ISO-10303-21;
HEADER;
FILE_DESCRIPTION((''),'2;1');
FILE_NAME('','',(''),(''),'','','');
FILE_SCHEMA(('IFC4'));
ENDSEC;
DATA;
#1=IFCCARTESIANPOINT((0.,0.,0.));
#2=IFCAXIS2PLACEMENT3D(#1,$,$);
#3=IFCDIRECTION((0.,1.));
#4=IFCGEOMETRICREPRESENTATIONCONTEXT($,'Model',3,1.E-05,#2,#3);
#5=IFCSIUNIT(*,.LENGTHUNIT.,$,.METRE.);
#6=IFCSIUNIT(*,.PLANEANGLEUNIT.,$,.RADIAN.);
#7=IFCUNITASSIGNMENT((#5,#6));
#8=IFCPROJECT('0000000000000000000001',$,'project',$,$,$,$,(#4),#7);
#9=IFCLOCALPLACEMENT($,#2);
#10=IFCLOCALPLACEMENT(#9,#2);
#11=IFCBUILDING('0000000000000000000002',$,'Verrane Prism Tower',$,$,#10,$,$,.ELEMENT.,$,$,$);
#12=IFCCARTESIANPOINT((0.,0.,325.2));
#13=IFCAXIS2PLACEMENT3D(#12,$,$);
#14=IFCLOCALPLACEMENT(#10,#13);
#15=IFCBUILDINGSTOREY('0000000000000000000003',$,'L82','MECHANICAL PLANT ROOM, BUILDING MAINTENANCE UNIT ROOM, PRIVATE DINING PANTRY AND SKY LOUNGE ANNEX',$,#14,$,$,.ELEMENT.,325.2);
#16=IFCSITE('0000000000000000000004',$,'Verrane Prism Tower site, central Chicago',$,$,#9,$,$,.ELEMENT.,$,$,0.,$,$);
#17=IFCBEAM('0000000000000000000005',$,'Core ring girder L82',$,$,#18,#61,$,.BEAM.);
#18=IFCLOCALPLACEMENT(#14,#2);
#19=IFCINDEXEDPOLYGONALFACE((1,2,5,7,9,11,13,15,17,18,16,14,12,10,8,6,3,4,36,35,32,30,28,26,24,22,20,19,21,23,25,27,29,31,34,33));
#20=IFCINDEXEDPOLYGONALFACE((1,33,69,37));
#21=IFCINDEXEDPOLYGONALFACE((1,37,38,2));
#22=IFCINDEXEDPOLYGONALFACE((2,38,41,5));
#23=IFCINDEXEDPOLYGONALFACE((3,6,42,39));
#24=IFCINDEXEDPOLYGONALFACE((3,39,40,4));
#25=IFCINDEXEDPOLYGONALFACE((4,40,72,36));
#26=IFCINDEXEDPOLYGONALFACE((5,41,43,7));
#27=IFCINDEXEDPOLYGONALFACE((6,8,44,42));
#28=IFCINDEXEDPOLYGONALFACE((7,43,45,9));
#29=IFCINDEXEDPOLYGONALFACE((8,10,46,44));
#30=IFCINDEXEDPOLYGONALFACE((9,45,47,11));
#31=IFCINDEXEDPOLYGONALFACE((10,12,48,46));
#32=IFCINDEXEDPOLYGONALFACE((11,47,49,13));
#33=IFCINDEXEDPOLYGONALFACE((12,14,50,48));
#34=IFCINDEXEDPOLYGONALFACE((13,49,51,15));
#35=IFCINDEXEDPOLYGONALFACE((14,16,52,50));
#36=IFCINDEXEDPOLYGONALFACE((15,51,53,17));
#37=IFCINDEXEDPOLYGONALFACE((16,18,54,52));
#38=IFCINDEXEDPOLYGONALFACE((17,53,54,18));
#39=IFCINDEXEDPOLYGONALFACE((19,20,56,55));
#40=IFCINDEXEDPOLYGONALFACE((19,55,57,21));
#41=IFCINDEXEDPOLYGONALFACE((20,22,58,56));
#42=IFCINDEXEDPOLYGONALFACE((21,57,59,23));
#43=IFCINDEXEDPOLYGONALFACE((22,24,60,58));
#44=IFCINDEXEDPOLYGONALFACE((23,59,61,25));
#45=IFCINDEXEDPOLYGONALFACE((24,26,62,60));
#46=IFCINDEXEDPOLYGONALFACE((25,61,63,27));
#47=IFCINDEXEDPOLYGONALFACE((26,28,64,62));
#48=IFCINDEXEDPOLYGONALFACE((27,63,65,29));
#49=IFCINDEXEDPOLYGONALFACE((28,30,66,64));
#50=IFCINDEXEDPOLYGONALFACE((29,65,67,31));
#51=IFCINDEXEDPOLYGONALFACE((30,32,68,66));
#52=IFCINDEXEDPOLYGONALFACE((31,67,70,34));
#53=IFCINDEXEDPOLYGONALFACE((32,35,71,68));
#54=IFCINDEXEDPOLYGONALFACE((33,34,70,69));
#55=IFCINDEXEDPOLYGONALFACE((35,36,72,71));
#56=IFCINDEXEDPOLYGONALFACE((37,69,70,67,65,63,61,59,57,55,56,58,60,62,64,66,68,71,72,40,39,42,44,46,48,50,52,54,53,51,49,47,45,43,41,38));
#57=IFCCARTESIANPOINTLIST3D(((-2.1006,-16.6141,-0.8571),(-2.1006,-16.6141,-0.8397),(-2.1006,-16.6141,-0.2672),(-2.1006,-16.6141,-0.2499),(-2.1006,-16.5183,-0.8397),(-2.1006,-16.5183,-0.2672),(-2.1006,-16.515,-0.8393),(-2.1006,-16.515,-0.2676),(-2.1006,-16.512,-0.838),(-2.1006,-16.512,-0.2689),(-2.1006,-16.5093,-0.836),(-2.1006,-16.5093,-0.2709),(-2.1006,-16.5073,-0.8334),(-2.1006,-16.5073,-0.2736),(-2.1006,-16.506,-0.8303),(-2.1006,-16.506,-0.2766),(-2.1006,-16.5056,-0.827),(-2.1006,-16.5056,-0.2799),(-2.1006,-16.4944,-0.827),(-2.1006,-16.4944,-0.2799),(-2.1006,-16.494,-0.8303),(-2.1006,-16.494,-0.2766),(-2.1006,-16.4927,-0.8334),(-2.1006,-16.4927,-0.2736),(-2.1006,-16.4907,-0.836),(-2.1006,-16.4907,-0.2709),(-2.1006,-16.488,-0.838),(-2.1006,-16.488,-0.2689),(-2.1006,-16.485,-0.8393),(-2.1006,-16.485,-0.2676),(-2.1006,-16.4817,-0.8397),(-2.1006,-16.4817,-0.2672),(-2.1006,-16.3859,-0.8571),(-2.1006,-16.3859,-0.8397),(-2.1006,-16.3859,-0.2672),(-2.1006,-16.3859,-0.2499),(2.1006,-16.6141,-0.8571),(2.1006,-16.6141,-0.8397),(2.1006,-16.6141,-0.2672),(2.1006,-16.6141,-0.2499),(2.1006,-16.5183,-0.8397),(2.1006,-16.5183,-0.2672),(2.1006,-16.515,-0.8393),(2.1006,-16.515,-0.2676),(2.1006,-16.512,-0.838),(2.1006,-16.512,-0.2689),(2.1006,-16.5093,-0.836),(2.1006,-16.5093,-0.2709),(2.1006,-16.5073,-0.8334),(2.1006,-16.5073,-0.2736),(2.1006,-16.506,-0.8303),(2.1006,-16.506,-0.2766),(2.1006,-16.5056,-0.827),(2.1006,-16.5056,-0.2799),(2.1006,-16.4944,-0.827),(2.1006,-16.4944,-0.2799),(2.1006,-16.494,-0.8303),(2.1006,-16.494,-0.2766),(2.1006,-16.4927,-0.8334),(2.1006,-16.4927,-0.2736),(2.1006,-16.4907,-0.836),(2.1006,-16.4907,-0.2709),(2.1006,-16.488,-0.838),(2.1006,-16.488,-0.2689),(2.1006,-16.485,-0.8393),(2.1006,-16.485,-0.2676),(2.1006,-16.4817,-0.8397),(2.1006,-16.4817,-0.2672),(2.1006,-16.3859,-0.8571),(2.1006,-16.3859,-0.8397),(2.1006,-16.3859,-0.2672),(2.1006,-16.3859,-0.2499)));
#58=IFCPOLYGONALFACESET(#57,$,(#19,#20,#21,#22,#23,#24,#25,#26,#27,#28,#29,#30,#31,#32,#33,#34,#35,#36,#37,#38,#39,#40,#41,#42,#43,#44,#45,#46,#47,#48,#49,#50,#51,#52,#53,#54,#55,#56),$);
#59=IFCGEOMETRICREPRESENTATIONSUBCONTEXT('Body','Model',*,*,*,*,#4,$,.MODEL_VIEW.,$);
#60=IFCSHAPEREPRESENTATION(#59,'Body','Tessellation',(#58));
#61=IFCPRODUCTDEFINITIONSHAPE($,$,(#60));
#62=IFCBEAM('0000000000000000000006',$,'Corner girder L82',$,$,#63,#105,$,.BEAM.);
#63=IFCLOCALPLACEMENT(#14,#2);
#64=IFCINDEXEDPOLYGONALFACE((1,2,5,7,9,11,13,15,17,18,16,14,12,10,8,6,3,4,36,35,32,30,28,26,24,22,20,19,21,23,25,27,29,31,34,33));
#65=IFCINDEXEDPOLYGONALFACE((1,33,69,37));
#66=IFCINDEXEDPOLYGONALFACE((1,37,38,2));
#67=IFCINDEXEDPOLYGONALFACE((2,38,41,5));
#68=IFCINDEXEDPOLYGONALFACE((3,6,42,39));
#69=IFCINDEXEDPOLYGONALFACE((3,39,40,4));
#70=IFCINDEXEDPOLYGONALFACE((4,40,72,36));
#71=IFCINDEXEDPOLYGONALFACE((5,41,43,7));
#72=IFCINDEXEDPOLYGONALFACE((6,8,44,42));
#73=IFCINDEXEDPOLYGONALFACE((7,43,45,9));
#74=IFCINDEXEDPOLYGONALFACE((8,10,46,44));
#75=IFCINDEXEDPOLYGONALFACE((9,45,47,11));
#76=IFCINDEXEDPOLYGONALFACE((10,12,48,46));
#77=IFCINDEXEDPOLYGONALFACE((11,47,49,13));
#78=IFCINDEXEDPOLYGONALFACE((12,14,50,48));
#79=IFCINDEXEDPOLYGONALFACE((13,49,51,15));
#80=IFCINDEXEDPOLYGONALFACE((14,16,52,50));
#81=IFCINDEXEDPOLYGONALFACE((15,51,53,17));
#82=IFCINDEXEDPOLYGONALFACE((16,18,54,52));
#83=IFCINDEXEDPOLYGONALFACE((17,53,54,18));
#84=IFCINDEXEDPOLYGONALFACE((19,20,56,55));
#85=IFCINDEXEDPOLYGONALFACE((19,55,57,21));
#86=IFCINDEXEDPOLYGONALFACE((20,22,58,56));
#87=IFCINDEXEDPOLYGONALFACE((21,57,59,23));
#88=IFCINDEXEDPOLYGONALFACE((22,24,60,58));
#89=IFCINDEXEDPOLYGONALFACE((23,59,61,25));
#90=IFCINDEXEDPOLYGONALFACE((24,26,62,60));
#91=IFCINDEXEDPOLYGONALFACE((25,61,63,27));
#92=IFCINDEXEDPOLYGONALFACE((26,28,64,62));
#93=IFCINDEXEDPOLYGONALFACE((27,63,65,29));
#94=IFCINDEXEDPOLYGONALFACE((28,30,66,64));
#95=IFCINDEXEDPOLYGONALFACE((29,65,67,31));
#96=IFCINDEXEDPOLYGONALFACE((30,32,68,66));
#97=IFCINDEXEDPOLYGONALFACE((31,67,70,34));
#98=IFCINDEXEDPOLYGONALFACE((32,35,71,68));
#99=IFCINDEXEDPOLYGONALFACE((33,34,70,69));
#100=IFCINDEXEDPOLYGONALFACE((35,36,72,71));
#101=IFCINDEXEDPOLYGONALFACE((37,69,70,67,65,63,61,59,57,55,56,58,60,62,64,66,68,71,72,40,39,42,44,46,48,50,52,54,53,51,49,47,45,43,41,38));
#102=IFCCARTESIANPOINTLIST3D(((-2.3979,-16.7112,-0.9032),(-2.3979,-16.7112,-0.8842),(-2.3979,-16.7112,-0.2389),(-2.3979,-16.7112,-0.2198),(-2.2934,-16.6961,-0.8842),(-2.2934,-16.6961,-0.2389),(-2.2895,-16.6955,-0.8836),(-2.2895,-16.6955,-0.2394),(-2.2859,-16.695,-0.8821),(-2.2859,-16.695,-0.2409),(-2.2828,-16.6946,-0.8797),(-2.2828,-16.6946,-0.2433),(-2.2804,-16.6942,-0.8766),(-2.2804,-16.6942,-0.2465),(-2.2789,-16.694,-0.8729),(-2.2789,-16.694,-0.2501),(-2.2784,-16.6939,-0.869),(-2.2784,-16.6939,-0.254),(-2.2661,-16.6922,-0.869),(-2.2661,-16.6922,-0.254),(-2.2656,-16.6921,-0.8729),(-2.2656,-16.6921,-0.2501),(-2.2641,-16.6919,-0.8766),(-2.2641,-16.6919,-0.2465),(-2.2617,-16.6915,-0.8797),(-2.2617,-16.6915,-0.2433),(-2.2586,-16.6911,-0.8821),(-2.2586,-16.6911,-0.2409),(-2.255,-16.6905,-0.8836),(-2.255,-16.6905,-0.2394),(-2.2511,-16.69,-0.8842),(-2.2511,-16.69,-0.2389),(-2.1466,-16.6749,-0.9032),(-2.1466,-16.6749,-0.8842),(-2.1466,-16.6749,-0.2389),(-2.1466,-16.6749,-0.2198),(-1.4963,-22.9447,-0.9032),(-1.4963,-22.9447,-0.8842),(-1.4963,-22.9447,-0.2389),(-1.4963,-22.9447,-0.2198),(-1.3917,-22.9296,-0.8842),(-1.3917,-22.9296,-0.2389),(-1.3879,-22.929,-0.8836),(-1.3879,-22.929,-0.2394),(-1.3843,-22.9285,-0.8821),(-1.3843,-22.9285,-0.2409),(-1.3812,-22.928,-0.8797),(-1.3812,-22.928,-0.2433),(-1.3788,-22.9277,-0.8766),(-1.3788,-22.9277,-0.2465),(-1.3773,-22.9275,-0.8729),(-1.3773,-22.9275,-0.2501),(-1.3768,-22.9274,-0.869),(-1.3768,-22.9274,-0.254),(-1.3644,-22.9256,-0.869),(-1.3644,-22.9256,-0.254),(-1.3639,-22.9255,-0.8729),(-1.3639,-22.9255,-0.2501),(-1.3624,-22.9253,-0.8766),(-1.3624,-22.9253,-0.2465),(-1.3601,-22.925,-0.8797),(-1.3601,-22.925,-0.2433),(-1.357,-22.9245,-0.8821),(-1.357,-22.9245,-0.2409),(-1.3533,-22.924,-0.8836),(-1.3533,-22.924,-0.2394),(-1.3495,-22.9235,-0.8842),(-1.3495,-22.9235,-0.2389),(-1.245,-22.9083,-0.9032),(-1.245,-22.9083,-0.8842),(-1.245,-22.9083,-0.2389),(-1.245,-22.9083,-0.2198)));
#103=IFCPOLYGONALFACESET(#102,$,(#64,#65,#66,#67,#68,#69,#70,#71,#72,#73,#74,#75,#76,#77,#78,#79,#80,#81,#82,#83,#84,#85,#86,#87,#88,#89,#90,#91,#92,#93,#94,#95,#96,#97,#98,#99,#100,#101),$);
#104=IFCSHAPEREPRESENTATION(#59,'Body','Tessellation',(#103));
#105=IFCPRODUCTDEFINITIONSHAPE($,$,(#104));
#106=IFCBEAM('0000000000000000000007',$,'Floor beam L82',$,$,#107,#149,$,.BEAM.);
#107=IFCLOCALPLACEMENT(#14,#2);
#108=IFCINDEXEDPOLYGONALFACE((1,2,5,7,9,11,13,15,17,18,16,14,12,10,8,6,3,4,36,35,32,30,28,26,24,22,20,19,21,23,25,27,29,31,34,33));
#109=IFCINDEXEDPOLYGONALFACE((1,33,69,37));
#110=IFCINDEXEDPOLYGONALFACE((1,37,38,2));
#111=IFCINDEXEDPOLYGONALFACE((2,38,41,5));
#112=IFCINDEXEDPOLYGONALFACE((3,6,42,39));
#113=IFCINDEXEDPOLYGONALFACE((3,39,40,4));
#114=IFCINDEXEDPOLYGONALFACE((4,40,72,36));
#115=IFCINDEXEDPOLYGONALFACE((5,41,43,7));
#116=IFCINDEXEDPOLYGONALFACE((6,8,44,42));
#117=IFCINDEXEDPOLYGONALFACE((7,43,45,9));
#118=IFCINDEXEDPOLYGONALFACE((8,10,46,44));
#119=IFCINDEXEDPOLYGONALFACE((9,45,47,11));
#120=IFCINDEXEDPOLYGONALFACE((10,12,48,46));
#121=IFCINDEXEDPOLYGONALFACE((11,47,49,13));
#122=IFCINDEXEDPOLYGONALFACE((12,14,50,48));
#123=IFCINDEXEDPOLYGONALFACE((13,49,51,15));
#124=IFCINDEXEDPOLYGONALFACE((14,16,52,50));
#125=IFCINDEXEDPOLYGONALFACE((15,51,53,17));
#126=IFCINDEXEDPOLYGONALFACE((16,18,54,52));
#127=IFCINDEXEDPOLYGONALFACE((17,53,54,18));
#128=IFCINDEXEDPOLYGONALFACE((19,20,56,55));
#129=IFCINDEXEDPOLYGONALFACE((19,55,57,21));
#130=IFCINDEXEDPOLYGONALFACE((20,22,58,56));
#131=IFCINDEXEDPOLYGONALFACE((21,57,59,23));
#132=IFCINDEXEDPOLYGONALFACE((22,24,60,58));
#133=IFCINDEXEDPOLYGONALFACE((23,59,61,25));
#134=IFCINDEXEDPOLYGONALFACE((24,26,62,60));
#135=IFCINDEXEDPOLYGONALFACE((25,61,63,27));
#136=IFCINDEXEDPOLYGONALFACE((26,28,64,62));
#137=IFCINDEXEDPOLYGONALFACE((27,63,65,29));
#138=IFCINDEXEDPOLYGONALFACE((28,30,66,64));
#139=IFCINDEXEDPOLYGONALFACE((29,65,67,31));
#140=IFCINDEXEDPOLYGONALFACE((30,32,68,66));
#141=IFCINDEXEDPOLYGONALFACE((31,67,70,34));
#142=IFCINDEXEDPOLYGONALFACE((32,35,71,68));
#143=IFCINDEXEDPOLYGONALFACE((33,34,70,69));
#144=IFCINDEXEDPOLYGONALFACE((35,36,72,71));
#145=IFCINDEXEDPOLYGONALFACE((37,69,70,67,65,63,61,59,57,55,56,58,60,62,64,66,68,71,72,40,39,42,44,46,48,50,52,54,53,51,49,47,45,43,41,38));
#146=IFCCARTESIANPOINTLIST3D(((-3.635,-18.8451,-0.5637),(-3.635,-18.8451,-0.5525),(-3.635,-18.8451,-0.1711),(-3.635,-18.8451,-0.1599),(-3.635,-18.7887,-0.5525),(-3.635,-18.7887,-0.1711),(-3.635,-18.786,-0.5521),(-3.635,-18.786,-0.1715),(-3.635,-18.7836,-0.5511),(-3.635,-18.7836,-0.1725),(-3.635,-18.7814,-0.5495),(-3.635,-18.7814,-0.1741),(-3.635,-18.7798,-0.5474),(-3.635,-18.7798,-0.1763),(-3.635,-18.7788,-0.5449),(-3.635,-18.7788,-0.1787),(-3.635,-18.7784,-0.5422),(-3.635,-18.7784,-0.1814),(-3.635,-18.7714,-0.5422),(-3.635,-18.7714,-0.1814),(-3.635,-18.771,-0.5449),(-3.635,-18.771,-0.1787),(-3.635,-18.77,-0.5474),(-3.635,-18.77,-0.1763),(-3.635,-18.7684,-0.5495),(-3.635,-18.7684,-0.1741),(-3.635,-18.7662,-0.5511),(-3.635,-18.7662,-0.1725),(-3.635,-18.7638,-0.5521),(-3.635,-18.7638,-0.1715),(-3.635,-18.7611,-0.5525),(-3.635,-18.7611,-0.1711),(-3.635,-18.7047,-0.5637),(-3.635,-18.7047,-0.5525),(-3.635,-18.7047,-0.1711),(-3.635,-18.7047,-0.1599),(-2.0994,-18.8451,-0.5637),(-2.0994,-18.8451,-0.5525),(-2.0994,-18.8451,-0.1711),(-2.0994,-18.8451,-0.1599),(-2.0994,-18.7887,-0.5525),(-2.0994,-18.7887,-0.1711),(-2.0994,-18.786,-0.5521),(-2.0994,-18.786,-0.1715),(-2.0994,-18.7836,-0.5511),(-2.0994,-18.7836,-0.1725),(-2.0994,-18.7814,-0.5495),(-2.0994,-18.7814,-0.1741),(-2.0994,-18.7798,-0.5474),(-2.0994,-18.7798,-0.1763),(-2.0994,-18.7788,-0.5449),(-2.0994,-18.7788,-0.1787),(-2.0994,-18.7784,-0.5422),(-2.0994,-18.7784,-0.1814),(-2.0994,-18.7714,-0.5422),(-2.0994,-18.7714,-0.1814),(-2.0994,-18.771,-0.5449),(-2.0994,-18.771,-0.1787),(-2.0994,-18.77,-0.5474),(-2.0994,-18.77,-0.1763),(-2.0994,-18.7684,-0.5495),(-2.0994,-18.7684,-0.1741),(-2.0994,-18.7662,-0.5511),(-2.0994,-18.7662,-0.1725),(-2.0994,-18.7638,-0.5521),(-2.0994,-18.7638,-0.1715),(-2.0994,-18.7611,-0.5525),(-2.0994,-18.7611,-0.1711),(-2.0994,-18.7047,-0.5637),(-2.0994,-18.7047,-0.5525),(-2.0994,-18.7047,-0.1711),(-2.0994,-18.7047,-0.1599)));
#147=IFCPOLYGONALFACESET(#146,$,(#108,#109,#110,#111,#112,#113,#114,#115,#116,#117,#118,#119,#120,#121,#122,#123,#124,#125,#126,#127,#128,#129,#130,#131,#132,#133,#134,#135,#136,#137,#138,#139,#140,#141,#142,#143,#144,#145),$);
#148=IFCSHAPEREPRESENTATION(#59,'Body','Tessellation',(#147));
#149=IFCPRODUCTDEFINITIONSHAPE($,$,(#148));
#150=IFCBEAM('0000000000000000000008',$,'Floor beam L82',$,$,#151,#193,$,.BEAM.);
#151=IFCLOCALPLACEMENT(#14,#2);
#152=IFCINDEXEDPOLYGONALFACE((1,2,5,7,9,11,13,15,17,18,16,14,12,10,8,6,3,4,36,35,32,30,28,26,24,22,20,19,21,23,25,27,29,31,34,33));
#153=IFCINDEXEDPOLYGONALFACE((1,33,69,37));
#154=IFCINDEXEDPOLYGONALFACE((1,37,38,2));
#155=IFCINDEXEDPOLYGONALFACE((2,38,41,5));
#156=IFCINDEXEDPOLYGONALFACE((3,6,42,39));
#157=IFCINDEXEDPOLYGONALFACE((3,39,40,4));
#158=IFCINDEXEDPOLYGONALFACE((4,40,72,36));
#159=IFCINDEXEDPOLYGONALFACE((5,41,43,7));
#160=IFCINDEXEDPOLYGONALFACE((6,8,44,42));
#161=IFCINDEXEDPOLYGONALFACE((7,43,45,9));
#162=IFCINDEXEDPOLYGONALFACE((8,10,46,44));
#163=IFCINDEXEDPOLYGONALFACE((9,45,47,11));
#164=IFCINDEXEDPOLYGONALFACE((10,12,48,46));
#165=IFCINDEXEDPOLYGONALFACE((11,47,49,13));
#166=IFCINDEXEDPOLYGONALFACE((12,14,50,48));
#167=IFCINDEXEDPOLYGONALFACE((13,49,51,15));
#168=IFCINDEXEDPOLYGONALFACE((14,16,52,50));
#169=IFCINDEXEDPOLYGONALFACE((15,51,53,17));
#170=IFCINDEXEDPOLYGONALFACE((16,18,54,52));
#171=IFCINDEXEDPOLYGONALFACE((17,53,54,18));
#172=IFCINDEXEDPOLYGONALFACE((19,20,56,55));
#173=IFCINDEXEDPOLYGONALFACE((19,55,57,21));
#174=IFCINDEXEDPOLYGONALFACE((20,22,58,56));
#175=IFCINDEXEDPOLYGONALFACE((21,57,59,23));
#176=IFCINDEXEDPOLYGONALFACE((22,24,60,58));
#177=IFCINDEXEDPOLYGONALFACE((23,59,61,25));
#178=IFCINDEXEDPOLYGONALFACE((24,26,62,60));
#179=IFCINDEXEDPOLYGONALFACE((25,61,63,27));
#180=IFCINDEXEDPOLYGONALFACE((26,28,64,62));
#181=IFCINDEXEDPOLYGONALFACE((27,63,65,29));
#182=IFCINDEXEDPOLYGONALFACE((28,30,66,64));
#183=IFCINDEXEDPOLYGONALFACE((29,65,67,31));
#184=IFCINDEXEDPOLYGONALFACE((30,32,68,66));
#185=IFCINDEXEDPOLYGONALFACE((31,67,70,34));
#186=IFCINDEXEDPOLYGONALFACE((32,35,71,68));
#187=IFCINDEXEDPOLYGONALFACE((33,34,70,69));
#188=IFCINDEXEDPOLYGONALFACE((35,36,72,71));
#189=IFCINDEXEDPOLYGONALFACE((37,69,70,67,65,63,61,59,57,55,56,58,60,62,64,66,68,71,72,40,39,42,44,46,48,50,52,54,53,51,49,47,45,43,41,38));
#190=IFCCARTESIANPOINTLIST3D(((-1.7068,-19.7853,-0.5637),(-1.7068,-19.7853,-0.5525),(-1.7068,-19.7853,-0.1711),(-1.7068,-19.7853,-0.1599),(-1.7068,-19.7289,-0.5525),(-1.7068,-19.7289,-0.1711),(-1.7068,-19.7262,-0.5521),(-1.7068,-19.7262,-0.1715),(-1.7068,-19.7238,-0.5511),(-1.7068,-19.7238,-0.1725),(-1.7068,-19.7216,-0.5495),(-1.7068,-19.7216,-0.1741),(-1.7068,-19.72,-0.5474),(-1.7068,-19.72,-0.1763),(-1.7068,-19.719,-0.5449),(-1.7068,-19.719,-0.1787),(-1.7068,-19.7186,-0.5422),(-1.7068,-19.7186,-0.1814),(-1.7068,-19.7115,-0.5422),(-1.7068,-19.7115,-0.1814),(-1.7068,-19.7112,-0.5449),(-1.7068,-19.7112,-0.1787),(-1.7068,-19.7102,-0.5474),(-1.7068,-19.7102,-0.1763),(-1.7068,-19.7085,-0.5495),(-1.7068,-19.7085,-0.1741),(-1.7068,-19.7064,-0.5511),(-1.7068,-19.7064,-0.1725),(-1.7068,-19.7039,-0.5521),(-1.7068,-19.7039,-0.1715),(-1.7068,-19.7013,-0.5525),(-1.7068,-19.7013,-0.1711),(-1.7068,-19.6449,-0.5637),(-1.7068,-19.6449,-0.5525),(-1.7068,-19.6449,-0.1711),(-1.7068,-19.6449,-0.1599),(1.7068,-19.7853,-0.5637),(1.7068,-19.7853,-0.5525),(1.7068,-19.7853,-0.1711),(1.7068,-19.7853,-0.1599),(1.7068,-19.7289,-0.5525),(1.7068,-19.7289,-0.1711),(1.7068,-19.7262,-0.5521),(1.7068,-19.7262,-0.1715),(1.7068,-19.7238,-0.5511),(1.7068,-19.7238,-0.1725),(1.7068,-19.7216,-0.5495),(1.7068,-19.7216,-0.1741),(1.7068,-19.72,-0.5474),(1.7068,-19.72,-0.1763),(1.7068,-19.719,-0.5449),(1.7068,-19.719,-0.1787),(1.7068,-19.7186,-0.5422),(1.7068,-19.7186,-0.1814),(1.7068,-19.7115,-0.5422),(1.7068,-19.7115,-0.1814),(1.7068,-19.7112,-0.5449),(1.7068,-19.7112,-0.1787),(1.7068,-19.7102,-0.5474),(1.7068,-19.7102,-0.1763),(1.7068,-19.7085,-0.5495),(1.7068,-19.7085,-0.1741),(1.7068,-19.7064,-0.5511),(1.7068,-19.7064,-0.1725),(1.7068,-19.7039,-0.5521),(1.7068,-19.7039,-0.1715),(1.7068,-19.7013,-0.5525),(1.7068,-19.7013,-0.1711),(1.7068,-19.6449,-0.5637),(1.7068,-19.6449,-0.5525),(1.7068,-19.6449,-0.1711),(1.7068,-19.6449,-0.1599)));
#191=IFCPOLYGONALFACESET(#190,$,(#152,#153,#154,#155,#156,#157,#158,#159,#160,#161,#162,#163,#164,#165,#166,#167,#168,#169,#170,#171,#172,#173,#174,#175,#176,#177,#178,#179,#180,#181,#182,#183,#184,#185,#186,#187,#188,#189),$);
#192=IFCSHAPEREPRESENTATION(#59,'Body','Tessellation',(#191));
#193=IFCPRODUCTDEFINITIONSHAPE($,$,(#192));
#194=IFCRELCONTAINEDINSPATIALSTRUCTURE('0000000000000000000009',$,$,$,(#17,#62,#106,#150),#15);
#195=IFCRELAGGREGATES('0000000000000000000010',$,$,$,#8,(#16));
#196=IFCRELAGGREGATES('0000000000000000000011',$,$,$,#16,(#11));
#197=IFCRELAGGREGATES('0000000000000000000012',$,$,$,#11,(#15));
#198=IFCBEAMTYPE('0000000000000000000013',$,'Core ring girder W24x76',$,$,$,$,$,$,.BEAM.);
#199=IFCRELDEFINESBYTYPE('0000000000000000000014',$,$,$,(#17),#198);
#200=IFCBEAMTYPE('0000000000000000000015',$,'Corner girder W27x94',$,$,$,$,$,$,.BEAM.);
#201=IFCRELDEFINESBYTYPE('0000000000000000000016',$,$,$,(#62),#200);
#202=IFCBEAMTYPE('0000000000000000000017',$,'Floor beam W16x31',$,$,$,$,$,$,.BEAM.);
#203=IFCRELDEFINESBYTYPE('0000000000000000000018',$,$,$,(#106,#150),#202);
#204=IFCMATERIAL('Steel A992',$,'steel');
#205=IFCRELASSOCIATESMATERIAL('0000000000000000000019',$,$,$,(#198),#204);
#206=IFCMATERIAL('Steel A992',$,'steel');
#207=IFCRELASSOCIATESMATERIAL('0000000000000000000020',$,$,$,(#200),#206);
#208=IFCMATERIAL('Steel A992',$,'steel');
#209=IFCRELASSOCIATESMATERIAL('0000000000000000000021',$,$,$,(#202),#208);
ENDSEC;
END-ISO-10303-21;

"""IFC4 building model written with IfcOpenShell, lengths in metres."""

from ifc_helpers import new_model, si_unit, direction, frame, origin, origin_2d, place, context, subcontext, project, spatial, i_section, extrude, material, material_profile, profile_set, type_object, element, save


model = new_model("IFC4")

# Units and contexts
model_context = context("Model", 3, precision=1e-05, world=origin(), true_north=direction((0.0, 1.0)))
body_context = subcontext(model_context, "Body", "Model", "MODEL_VIEW")
ifc_project = project(units=[si_unit("LENGTHUNIT", "METRE"), si_unit("PLANEANGLEUNIT", "RADIAN")], contexts=[model_context])

# Site, building, storey
site_placement = place(None, origin())
site = spatial("IfcSite", under=ifc_project, at=site_placement, Name="Verrane Prism Tower site, central Chicago", CompositionType="ELEMENT", RefElevation=0.0)
building_placement = place(site_placement, origin())
building = spatial("IfcBuilding", under=site, at=building_placement, Name="Verrane Prism Tower", CompositionType="ELEMENT")
storey_placement = place(building_placement, frame((0.0, 0.0, 325.2)))
storey = spatial("IfcBuildingStorey", under=building, at=storey_placement, Name="L82", Description="MECHANICAL PLANT ROOM, BUILDING MAINTENANCE UNIT ROOM, PRIVATE DINING PANTRY AND SKY LOUNGE ANNEX", CompositionType="ELEMENT", Elevation=325.2)

# Beams
ifc_material_1 = material(Name="Steel A992", Category="steel")
ifc_material_profile_1 = material_profile(ifc_material_1, i_section(OverallWidth=0.2283, OverallDepth=0.6072, WebThickness=0.0112, FlangeThickness=0.0173, FilletRadius=0.0127, at=origin_2d()), Name="W24x76")
ifc_profile_set_1 = profile_set([ifc_material_profile_1], Name="Steel A992")
beam_type_1 = type_object("IfcBeamType", Name="Core ring girder W24x76", PredefinedType="BEAM", material=ifc_profile_set_1)
beam_1_placement = place(storey_placement, frame((-2.1006, -16.5, -0.5535), z_axis=(1.0, 0.0, 0.0), x_axis=(0.0, 1.0, 0.0)))
element("IfcBeam", 1, at=beam_1_placement, inside=storey, type_object=beam_type_1, Name="Core ring girder L82", PredefinedType="BEAM", context=body_context, shape_type="SweptSolid", body=[
    extrude(i_section(OverallWidth=0.2283, OverallDepth=0.6072, WebThickness=0.0112, FlangeThickness=0.0173, FilletRadius=0.0127, at=origin_2d()), origin(), (0.0, 0.0, 1.0), 4.2012),
])
ifc_material_2 = material(Name="Steel A992", Category="steel")
ifc_material_profile_2 = material_profile(ifc_material_2, i_section(OverallWidth=0.2539, OverallDepth=0.6833, WebThickness=0.0125, FlangeThickness=0.019, FilletRadius=0.0151, at=origin_2d()), Name="W27x94")
ifc_profile_set_2 = profile_set([ifc_material_profile_2], Name="Steel A992")
beam_type_2 = type_object("IfcBeamType", Name="Corner girder W27x94", PredefinedType="BEAM", material=ifc_profile_set_2)
beam_2_placement = place(storey_placement, frame((-1.3706, -22.9265, -0.5615), z_axis=(-0.143152, 0.989701, 0.0), x_axis=(-0.989701, -0.143152, 0.0)))
element("IfcBeam", 2, at=beam_2_placement, inside=storey, type_object=beam_type_2, Name="Corner girder L82", PredefinedType="BEAM", context=body_context, shape_type="SweptSolid", body=[
    extrude(i_section(OverallWidth=0.2539, OverallDepth=0.6833, WebThickness=0.0125, FlangeThickness=0.019, FilletRadius=0.0151, at=origin_2d()), origin(), (0.0, 0.0, 1.0), 6.2983),
])
ifc_material_3 = material(Name="Steel A992", Category="steel")
ifc_material_profile_3 = material_profile(ifc_material_3, i_section(OverallWidth=0.1404, OverallDepth=0.4038, WebThickness=0.0071, FlangeThickness=0.0112, FilletRadius=0.0103, at=origin_2d()), Name="W16x31")
ifc_profile_set_3 = profile_set([ifc_material_profile_3], Name="Steel A992")
beam_type_3 = type_object("IfcBeamType", Name="Floor beam W16x31", PredefinedType="BEAM", material=ifc_profile_set_3)
beam_3_placement = place(storey_placement, frame((-3.635, -18.7749, -0.3618), z_axis=(1.0, 0.0, 0.0), x_axis=(0.0, 1.0, 0.0)))
element("IfcBeam", 3, at=beam_3_placement, inside=storey, type_object=beam_type_3, Name="Floor beam L82", PredefinedType="BEAM", context=body_context, shape_type="SweptSolid", body=[
    extrude(i_section(OverallWidth=0.1404, OverallDepth=0.4038, WebThickness=0.0071, FlangeThickness=0.0112, FilletRadius=0.0103, at=origin_2d()), origin(), (0.0, 0.0, 1.0), 1.5356),
])
beam_4_placement = place(storey_placement, frame((-1.7068, -19.7151, -0.3618), z_axis=(1.0, 0.0, 0.0), x_axis=(0.0, 1.0, 0.0)))
element("IfcBeam", 4, at=beam_4_placement, inside=storey, type_object=beam_type_3, Name="Floor beam L82", PredefinedType="BEAM", context=body_context, shape_type="SweptSolid", body=[
    extrude(i_section(OverallWidth=0.1404, OverallDepth=0.4038, WebThickness=0.0071, FlangeThickness=0.0112, FilletRadius=0.0103, at=origin_2d()), origin(), (0.0, 0.0, 1.0), 3.4136),
])

save(model, "model.ifc")
